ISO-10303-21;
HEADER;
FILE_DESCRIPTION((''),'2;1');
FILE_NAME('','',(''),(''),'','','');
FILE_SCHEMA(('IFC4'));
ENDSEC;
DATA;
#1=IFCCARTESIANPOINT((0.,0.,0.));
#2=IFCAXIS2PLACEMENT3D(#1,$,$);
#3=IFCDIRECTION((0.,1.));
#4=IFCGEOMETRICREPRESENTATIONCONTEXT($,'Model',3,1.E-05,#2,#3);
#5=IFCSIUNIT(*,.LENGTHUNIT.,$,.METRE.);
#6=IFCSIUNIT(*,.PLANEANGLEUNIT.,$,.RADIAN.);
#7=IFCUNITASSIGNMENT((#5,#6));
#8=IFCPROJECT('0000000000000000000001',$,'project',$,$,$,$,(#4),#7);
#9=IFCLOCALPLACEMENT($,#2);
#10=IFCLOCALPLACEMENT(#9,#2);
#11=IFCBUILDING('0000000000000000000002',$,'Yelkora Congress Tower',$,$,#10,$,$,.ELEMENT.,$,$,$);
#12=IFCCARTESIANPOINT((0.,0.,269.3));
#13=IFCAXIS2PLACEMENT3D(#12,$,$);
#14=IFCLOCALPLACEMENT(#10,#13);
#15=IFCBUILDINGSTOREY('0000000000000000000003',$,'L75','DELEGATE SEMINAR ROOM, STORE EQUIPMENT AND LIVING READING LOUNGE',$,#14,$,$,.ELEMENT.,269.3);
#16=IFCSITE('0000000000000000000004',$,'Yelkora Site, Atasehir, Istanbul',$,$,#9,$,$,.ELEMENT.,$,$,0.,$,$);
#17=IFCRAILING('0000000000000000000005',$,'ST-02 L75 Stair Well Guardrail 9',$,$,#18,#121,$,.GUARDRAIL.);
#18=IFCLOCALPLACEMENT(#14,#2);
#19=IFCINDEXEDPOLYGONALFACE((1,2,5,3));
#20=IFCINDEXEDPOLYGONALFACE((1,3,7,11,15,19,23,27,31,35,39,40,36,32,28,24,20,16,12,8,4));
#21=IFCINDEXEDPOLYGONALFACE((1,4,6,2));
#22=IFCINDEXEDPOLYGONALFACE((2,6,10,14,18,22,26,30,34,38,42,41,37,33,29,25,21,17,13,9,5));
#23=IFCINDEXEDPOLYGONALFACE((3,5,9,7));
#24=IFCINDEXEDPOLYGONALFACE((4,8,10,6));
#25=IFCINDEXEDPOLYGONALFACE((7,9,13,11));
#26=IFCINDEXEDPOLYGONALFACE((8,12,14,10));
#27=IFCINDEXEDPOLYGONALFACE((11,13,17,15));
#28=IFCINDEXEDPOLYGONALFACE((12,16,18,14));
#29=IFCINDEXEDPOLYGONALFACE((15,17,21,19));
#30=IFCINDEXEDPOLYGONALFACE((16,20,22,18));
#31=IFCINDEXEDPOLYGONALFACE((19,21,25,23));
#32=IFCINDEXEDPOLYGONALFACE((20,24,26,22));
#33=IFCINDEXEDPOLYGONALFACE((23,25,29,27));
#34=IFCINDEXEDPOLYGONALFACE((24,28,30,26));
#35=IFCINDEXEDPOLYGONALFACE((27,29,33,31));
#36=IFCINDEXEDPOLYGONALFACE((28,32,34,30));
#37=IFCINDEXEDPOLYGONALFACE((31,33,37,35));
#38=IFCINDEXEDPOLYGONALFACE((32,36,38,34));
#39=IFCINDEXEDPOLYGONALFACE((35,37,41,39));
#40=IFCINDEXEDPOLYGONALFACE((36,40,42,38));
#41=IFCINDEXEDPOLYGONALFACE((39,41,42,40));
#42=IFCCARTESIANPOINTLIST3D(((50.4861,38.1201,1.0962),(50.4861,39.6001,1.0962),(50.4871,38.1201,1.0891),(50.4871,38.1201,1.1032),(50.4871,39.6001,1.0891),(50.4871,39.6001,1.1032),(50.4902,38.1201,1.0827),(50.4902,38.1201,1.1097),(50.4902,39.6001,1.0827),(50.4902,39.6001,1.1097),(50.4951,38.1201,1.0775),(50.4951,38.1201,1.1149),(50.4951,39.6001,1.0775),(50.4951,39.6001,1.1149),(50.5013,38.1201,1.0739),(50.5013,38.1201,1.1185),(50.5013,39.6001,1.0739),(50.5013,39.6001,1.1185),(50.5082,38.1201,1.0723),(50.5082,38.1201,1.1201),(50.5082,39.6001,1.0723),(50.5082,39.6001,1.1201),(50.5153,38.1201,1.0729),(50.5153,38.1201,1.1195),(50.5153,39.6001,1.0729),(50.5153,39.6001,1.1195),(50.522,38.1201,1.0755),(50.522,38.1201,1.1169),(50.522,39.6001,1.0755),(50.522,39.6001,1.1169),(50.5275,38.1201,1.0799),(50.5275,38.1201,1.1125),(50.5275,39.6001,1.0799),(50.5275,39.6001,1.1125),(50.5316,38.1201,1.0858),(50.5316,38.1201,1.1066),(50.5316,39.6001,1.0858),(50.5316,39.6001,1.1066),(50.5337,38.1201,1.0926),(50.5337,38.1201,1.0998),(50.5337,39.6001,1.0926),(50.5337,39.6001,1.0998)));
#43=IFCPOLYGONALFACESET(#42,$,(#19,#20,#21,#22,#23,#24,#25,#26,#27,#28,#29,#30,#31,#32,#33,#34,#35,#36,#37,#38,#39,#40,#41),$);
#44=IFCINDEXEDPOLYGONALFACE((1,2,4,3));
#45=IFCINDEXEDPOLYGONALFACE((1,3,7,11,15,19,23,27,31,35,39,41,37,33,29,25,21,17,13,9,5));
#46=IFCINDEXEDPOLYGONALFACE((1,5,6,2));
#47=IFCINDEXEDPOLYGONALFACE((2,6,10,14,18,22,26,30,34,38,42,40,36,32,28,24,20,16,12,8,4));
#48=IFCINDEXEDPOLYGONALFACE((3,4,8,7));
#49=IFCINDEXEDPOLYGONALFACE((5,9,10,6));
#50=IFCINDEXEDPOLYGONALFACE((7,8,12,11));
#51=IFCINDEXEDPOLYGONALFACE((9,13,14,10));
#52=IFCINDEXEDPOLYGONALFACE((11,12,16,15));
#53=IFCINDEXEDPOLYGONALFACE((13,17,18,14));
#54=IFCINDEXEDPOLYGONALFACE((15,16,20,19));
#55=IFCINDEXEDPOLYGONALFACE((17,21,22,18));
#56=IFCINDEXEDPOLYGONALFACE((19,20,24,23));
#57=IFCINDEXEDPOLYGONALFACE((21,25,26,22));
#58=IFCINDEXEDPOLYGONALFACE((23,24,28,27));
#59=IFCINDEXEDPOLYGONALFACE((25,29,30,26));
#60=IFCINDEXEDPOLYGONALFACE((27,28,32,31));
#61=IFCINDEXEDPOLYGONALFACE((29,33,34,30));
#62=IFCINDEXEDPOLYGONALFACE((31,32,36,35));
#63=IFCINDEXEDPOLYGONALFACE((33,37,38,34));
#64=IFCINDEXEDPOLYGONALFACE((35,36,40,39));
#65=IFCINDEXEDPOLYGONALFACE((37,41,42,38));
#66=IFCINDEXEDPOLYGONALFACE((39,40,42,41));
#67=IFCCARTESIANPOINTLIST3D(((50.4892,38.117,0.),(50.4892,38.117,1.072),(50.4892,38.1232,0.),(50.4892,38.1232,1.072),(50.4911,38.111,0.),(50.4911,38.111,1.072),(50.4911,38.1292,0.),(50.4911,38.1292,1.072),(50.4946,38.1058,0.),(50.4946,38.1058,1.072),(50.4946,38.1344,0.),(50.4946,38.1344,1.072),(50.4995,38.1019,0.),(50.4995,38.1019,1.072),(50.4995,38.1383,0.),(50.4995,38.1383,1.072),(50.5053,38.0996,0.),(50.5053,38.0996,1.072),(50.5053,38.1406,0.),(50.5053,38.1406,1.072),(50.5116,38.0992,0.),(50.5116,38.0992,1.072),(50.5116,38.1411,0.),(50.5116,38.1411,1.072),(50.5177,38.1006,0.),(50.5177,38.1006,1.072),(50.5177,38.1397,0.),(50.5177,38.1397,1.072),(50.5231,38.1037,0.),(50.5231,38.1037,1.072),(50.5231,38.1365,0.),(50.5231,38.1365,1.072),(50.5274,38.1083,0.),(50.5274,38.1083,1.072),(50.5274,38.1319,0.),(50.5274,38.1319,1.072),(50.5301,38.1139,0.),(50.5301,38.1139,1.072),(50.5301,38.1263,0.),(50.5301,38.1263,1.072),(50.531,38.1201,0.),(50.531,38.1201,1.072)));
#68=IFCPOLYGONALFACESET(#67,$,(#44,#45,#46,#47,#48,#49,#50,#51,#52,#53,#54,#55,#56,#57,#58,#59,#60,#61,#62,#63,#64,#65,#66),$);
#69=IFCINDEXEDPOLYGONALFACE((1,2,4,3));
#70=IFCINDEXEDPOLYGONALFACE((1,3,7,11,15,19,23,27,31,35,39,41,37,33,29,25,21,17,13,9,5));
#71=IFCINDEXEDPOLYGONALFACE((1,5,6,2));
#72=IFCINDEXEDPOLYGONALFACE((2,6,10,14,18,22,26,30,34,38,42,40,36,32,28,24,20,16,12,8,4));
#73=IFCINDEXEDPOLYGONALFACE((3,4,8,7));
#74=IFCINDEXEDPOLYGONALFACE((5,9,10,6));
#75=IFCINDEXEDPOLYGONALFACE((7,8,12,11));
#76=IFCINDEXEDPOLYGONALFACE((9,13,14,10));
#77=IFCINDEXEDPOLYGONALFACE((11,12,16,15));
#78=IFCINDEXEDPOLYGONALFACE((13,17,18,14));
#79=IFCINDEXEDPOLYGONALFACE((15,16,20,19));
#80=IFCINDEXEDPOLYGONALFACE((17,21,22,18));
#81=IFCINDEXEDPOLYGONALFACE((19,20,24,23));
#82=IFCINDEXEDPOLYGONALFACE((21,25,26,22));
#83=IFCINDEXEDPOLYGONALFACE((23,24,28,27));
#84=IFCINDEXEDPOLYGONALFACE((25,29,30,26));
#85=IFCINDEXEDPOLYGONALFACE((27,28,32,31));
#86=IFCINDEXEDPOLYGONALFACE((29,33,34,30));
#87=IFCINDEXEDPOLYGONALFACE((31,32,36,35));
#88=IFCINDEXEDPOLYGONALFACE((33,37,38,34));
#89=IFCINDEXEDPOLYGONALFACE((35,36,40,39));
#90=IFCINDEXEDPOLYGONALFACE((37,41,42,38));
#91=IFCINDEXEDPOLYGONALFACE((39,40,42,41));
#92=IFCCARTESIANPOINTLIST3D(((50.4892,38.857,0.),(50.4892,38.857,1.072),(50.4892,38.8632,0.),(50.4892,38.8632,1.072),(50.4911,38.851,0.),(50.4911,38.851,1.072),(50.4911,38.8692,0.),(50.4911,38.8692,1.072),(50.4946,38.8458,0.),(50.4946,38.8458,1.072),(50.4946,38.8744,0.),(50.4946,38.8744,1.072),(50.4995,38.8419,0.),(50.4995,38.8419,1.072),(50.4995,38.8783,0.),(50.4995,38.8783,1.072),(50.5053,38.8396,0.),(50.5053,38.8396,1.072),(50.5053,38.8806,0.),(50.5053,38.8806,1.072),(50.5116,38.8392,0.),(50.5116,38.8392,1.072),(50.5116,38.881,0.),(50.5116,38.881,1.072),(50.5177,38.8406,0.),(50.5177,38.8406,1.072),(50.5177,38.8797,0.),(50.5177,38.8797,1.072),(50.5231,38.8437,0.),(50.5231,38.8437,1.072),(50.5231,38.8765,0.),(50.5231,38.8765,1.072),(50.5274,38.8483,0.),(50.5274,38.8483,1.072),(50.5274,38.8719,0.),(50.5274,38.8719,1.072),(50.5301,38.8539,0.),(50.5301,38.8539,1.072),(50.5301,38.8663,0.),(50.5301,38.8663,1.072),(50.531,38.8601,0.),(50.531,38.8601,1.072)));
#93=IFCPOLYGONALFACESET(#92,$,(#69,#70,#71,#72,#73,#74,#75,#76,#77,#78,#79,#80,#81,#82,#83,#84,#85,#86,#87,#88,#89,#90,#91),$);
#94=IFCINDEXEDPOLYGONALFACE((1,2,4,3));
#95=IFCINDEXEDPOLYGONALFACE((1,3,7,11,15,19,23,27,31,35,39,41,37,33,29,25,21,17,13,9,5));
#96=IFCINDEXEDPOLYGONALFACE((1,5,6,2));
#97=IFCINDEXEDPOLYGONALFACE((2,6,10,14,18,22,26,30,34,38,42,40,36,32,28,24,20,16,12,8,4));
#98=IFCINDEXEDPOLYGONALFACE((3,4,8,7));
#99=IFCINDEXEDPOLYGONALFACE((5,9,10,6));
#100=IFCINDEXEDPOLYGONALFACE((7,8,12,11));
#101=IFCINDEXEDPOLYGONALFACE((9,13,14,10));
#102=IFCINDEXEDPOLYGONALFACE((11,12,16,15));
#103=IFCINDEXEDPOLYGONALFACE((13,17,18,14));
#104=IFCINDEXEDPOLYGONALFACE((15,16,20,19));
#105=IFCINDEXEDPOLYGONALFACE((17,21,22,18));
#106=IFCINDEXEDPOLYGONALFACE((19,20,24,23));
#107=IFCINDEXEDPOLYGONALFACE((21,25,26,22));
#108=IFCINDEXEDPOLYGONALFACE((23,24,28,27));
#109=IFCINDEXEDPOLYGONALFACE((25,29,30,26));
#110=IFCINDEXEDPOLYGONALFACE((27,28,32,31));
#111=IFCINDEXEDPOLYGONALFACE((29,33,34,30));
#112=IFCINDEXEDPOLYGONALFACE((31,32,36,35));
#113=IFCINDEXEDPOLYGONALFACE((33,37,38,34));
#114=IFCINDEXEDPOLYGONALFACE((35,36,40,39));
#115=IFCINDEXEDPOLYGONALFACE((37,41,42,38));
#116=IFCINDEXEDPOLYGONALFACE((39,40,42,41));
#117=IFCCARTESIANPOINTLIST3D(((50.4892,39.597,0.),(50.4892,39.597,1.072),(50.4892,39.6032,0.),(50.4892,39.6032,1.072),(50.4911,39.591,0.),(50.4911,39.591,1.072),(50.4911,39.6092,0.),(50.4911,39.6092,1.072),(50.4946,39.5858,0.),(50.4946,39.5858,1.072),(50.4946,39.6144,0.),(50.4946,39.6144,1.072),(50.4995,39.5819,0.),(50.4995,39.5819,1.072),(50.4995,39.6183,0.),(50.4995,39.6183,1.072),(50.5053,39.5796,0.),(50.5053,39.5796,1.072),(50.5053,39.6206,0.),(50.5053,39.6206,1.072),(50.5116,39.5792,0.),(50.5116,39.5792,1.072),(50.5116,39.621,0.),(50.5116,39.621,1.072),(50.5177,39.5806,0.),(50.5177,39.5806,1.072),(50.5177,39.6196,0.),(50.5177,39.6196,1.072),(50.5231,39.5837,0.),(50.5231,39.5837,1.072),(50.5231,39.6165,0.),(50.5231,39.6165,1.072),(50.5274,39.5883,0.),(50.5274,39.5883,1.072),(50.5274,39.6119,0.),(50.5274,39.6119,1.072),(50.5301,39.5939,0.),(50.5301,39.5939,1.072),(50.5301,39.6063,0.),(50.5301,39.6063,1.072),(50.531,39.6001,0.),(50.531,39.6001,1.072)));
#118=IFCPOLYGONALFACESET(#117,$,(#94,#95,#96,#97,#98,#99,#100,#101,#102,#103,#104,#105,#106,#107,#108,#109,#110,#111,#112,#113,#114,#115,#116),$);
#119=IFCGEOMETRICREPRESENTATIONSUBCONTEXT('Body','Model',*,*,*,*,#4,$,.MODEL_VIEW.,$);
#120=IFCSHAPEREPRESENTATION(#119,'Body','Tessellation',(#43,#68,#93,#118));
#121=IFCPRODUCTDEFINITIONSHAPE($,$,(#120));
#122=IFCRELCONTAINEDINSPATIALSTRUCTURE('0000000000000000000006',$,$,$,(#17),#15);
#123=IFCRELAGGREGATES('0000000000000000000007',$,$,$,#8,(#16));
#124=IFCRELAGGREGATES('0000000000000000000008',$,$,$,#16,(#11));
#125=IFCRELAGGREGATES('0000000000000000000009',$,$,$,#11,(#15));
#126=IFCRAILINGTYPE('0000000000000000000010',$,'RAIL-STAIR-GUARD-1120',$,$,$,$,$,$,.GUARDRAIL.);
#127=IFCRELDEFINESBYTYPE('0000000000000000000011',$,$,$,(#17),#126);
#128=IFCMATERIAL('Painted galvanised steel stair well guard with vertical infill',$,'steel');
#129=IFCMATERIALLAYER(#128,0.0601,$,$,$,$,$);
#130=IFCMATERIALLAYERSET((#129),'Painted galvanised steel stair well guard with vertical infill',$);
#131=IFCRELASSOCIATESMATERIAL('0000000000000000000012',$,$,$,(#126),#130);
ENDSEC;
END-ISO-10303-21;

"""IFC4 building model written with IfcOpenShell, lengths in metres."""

from ifc_helpers import new_model, si_unit, direction, frame, origin, origin_2d, place, context, subcontext, project, spatial, circle, extrude, material, layer, layer_set, type_object, element, save


model = new_model("IFC4")

# Units and contexts
model_context = context("Model", 3, precision=1e-05, world=origin(), true_north=direction((0.0, 1.0)))
body_context = subcontext(model_context, "Body", "Model", "MODEL_VIEW")
ifc_project = project(units=[si_unit("LENGTHUNIT", "METRE"), si_unit("PLANEANGLEUNIT", "RADIAN")], contexts=[model_context])

# Site, building, storey
site_placement = place(None, origin())
site = spatial("IfcSite", under=ifc_project, at=site_placement, Name="Yelkora Site, Atasehir, Istanbul", CompositionType="ELEMENT", RefElevation=0.0)
building_placement = place(site_placement, origin())
building = spatial("IfcBuilding", under=site, at=building_placement, Name="Yelkora Congress Tower", CompositionType="ELEMENT")
storey_placement = place(building_placement, frame((0.0, 0.0, 269.3)))
storey = spatial("IfcBuildingStorey", under=building, at=storey_placement, Name="L75", Description="DELEGATE SEMINAR ROOM, STORE EQUIPMENT AND LIVING READING LOUNGE", CompositionType="ELEMENT", Elevation=269.3)

# Railing
ifc_material_1 = material(Name="Painted galvanised steel stair well guard with vertical infill", Category="steel")
ifc_layer_1 = layer(ifc_material_1, 0.0601)
ifc_layer_set_1 = layer_set([ifc_layer_1], Name="Painted galvanised steel stair well guard with vertical infill")
railing_type_1 = type_object("IfcRailingType", Name="RAIL-STAIR-GUARD-1120", PredefinedType="GUARDRAIL", material=ifc_layer_set_1)
for number, where, name in (
    (1, (50.51, 38.1201, 0.0), "ST-02 L75 Stair Well Guardrail 9"),
):
    element("IfcRailing", number, at=place(storey_placement, frame(where)), inside=storey, type_object=railing_type_1, Name=name, PredefinedType="GUARDRAIL", context=body_context, shape_type="SweptSolid", body=[
        extrude(circle(Radius=0.0239, at=origin_2d()), frame((0.0, 0.0, 1.0962), z_axis=(0.0, 1.0, 0.0), x_axis=(-1.0, 0.0, 0.0)), (0.0, 0.0, 1.0), 1.48),
        extrude(circle(Radius=0.021, at=origin_2d()), origin(), (0.0, 0.0, 1.0), 1.072),
        extrude(circle(Radius=0.021, at=origin_2d()), frame((0.0, 0.74, 0.0)), (0.0, 0.0, 1.0), 1.072),
        extrude(circle(Radius=0.021, at=origin_2d()), frame((0.0, 1.48, 0.0)), (0.0, 0.0, 1.0), 1.072),
    ])

save(model, "model.ifc")
